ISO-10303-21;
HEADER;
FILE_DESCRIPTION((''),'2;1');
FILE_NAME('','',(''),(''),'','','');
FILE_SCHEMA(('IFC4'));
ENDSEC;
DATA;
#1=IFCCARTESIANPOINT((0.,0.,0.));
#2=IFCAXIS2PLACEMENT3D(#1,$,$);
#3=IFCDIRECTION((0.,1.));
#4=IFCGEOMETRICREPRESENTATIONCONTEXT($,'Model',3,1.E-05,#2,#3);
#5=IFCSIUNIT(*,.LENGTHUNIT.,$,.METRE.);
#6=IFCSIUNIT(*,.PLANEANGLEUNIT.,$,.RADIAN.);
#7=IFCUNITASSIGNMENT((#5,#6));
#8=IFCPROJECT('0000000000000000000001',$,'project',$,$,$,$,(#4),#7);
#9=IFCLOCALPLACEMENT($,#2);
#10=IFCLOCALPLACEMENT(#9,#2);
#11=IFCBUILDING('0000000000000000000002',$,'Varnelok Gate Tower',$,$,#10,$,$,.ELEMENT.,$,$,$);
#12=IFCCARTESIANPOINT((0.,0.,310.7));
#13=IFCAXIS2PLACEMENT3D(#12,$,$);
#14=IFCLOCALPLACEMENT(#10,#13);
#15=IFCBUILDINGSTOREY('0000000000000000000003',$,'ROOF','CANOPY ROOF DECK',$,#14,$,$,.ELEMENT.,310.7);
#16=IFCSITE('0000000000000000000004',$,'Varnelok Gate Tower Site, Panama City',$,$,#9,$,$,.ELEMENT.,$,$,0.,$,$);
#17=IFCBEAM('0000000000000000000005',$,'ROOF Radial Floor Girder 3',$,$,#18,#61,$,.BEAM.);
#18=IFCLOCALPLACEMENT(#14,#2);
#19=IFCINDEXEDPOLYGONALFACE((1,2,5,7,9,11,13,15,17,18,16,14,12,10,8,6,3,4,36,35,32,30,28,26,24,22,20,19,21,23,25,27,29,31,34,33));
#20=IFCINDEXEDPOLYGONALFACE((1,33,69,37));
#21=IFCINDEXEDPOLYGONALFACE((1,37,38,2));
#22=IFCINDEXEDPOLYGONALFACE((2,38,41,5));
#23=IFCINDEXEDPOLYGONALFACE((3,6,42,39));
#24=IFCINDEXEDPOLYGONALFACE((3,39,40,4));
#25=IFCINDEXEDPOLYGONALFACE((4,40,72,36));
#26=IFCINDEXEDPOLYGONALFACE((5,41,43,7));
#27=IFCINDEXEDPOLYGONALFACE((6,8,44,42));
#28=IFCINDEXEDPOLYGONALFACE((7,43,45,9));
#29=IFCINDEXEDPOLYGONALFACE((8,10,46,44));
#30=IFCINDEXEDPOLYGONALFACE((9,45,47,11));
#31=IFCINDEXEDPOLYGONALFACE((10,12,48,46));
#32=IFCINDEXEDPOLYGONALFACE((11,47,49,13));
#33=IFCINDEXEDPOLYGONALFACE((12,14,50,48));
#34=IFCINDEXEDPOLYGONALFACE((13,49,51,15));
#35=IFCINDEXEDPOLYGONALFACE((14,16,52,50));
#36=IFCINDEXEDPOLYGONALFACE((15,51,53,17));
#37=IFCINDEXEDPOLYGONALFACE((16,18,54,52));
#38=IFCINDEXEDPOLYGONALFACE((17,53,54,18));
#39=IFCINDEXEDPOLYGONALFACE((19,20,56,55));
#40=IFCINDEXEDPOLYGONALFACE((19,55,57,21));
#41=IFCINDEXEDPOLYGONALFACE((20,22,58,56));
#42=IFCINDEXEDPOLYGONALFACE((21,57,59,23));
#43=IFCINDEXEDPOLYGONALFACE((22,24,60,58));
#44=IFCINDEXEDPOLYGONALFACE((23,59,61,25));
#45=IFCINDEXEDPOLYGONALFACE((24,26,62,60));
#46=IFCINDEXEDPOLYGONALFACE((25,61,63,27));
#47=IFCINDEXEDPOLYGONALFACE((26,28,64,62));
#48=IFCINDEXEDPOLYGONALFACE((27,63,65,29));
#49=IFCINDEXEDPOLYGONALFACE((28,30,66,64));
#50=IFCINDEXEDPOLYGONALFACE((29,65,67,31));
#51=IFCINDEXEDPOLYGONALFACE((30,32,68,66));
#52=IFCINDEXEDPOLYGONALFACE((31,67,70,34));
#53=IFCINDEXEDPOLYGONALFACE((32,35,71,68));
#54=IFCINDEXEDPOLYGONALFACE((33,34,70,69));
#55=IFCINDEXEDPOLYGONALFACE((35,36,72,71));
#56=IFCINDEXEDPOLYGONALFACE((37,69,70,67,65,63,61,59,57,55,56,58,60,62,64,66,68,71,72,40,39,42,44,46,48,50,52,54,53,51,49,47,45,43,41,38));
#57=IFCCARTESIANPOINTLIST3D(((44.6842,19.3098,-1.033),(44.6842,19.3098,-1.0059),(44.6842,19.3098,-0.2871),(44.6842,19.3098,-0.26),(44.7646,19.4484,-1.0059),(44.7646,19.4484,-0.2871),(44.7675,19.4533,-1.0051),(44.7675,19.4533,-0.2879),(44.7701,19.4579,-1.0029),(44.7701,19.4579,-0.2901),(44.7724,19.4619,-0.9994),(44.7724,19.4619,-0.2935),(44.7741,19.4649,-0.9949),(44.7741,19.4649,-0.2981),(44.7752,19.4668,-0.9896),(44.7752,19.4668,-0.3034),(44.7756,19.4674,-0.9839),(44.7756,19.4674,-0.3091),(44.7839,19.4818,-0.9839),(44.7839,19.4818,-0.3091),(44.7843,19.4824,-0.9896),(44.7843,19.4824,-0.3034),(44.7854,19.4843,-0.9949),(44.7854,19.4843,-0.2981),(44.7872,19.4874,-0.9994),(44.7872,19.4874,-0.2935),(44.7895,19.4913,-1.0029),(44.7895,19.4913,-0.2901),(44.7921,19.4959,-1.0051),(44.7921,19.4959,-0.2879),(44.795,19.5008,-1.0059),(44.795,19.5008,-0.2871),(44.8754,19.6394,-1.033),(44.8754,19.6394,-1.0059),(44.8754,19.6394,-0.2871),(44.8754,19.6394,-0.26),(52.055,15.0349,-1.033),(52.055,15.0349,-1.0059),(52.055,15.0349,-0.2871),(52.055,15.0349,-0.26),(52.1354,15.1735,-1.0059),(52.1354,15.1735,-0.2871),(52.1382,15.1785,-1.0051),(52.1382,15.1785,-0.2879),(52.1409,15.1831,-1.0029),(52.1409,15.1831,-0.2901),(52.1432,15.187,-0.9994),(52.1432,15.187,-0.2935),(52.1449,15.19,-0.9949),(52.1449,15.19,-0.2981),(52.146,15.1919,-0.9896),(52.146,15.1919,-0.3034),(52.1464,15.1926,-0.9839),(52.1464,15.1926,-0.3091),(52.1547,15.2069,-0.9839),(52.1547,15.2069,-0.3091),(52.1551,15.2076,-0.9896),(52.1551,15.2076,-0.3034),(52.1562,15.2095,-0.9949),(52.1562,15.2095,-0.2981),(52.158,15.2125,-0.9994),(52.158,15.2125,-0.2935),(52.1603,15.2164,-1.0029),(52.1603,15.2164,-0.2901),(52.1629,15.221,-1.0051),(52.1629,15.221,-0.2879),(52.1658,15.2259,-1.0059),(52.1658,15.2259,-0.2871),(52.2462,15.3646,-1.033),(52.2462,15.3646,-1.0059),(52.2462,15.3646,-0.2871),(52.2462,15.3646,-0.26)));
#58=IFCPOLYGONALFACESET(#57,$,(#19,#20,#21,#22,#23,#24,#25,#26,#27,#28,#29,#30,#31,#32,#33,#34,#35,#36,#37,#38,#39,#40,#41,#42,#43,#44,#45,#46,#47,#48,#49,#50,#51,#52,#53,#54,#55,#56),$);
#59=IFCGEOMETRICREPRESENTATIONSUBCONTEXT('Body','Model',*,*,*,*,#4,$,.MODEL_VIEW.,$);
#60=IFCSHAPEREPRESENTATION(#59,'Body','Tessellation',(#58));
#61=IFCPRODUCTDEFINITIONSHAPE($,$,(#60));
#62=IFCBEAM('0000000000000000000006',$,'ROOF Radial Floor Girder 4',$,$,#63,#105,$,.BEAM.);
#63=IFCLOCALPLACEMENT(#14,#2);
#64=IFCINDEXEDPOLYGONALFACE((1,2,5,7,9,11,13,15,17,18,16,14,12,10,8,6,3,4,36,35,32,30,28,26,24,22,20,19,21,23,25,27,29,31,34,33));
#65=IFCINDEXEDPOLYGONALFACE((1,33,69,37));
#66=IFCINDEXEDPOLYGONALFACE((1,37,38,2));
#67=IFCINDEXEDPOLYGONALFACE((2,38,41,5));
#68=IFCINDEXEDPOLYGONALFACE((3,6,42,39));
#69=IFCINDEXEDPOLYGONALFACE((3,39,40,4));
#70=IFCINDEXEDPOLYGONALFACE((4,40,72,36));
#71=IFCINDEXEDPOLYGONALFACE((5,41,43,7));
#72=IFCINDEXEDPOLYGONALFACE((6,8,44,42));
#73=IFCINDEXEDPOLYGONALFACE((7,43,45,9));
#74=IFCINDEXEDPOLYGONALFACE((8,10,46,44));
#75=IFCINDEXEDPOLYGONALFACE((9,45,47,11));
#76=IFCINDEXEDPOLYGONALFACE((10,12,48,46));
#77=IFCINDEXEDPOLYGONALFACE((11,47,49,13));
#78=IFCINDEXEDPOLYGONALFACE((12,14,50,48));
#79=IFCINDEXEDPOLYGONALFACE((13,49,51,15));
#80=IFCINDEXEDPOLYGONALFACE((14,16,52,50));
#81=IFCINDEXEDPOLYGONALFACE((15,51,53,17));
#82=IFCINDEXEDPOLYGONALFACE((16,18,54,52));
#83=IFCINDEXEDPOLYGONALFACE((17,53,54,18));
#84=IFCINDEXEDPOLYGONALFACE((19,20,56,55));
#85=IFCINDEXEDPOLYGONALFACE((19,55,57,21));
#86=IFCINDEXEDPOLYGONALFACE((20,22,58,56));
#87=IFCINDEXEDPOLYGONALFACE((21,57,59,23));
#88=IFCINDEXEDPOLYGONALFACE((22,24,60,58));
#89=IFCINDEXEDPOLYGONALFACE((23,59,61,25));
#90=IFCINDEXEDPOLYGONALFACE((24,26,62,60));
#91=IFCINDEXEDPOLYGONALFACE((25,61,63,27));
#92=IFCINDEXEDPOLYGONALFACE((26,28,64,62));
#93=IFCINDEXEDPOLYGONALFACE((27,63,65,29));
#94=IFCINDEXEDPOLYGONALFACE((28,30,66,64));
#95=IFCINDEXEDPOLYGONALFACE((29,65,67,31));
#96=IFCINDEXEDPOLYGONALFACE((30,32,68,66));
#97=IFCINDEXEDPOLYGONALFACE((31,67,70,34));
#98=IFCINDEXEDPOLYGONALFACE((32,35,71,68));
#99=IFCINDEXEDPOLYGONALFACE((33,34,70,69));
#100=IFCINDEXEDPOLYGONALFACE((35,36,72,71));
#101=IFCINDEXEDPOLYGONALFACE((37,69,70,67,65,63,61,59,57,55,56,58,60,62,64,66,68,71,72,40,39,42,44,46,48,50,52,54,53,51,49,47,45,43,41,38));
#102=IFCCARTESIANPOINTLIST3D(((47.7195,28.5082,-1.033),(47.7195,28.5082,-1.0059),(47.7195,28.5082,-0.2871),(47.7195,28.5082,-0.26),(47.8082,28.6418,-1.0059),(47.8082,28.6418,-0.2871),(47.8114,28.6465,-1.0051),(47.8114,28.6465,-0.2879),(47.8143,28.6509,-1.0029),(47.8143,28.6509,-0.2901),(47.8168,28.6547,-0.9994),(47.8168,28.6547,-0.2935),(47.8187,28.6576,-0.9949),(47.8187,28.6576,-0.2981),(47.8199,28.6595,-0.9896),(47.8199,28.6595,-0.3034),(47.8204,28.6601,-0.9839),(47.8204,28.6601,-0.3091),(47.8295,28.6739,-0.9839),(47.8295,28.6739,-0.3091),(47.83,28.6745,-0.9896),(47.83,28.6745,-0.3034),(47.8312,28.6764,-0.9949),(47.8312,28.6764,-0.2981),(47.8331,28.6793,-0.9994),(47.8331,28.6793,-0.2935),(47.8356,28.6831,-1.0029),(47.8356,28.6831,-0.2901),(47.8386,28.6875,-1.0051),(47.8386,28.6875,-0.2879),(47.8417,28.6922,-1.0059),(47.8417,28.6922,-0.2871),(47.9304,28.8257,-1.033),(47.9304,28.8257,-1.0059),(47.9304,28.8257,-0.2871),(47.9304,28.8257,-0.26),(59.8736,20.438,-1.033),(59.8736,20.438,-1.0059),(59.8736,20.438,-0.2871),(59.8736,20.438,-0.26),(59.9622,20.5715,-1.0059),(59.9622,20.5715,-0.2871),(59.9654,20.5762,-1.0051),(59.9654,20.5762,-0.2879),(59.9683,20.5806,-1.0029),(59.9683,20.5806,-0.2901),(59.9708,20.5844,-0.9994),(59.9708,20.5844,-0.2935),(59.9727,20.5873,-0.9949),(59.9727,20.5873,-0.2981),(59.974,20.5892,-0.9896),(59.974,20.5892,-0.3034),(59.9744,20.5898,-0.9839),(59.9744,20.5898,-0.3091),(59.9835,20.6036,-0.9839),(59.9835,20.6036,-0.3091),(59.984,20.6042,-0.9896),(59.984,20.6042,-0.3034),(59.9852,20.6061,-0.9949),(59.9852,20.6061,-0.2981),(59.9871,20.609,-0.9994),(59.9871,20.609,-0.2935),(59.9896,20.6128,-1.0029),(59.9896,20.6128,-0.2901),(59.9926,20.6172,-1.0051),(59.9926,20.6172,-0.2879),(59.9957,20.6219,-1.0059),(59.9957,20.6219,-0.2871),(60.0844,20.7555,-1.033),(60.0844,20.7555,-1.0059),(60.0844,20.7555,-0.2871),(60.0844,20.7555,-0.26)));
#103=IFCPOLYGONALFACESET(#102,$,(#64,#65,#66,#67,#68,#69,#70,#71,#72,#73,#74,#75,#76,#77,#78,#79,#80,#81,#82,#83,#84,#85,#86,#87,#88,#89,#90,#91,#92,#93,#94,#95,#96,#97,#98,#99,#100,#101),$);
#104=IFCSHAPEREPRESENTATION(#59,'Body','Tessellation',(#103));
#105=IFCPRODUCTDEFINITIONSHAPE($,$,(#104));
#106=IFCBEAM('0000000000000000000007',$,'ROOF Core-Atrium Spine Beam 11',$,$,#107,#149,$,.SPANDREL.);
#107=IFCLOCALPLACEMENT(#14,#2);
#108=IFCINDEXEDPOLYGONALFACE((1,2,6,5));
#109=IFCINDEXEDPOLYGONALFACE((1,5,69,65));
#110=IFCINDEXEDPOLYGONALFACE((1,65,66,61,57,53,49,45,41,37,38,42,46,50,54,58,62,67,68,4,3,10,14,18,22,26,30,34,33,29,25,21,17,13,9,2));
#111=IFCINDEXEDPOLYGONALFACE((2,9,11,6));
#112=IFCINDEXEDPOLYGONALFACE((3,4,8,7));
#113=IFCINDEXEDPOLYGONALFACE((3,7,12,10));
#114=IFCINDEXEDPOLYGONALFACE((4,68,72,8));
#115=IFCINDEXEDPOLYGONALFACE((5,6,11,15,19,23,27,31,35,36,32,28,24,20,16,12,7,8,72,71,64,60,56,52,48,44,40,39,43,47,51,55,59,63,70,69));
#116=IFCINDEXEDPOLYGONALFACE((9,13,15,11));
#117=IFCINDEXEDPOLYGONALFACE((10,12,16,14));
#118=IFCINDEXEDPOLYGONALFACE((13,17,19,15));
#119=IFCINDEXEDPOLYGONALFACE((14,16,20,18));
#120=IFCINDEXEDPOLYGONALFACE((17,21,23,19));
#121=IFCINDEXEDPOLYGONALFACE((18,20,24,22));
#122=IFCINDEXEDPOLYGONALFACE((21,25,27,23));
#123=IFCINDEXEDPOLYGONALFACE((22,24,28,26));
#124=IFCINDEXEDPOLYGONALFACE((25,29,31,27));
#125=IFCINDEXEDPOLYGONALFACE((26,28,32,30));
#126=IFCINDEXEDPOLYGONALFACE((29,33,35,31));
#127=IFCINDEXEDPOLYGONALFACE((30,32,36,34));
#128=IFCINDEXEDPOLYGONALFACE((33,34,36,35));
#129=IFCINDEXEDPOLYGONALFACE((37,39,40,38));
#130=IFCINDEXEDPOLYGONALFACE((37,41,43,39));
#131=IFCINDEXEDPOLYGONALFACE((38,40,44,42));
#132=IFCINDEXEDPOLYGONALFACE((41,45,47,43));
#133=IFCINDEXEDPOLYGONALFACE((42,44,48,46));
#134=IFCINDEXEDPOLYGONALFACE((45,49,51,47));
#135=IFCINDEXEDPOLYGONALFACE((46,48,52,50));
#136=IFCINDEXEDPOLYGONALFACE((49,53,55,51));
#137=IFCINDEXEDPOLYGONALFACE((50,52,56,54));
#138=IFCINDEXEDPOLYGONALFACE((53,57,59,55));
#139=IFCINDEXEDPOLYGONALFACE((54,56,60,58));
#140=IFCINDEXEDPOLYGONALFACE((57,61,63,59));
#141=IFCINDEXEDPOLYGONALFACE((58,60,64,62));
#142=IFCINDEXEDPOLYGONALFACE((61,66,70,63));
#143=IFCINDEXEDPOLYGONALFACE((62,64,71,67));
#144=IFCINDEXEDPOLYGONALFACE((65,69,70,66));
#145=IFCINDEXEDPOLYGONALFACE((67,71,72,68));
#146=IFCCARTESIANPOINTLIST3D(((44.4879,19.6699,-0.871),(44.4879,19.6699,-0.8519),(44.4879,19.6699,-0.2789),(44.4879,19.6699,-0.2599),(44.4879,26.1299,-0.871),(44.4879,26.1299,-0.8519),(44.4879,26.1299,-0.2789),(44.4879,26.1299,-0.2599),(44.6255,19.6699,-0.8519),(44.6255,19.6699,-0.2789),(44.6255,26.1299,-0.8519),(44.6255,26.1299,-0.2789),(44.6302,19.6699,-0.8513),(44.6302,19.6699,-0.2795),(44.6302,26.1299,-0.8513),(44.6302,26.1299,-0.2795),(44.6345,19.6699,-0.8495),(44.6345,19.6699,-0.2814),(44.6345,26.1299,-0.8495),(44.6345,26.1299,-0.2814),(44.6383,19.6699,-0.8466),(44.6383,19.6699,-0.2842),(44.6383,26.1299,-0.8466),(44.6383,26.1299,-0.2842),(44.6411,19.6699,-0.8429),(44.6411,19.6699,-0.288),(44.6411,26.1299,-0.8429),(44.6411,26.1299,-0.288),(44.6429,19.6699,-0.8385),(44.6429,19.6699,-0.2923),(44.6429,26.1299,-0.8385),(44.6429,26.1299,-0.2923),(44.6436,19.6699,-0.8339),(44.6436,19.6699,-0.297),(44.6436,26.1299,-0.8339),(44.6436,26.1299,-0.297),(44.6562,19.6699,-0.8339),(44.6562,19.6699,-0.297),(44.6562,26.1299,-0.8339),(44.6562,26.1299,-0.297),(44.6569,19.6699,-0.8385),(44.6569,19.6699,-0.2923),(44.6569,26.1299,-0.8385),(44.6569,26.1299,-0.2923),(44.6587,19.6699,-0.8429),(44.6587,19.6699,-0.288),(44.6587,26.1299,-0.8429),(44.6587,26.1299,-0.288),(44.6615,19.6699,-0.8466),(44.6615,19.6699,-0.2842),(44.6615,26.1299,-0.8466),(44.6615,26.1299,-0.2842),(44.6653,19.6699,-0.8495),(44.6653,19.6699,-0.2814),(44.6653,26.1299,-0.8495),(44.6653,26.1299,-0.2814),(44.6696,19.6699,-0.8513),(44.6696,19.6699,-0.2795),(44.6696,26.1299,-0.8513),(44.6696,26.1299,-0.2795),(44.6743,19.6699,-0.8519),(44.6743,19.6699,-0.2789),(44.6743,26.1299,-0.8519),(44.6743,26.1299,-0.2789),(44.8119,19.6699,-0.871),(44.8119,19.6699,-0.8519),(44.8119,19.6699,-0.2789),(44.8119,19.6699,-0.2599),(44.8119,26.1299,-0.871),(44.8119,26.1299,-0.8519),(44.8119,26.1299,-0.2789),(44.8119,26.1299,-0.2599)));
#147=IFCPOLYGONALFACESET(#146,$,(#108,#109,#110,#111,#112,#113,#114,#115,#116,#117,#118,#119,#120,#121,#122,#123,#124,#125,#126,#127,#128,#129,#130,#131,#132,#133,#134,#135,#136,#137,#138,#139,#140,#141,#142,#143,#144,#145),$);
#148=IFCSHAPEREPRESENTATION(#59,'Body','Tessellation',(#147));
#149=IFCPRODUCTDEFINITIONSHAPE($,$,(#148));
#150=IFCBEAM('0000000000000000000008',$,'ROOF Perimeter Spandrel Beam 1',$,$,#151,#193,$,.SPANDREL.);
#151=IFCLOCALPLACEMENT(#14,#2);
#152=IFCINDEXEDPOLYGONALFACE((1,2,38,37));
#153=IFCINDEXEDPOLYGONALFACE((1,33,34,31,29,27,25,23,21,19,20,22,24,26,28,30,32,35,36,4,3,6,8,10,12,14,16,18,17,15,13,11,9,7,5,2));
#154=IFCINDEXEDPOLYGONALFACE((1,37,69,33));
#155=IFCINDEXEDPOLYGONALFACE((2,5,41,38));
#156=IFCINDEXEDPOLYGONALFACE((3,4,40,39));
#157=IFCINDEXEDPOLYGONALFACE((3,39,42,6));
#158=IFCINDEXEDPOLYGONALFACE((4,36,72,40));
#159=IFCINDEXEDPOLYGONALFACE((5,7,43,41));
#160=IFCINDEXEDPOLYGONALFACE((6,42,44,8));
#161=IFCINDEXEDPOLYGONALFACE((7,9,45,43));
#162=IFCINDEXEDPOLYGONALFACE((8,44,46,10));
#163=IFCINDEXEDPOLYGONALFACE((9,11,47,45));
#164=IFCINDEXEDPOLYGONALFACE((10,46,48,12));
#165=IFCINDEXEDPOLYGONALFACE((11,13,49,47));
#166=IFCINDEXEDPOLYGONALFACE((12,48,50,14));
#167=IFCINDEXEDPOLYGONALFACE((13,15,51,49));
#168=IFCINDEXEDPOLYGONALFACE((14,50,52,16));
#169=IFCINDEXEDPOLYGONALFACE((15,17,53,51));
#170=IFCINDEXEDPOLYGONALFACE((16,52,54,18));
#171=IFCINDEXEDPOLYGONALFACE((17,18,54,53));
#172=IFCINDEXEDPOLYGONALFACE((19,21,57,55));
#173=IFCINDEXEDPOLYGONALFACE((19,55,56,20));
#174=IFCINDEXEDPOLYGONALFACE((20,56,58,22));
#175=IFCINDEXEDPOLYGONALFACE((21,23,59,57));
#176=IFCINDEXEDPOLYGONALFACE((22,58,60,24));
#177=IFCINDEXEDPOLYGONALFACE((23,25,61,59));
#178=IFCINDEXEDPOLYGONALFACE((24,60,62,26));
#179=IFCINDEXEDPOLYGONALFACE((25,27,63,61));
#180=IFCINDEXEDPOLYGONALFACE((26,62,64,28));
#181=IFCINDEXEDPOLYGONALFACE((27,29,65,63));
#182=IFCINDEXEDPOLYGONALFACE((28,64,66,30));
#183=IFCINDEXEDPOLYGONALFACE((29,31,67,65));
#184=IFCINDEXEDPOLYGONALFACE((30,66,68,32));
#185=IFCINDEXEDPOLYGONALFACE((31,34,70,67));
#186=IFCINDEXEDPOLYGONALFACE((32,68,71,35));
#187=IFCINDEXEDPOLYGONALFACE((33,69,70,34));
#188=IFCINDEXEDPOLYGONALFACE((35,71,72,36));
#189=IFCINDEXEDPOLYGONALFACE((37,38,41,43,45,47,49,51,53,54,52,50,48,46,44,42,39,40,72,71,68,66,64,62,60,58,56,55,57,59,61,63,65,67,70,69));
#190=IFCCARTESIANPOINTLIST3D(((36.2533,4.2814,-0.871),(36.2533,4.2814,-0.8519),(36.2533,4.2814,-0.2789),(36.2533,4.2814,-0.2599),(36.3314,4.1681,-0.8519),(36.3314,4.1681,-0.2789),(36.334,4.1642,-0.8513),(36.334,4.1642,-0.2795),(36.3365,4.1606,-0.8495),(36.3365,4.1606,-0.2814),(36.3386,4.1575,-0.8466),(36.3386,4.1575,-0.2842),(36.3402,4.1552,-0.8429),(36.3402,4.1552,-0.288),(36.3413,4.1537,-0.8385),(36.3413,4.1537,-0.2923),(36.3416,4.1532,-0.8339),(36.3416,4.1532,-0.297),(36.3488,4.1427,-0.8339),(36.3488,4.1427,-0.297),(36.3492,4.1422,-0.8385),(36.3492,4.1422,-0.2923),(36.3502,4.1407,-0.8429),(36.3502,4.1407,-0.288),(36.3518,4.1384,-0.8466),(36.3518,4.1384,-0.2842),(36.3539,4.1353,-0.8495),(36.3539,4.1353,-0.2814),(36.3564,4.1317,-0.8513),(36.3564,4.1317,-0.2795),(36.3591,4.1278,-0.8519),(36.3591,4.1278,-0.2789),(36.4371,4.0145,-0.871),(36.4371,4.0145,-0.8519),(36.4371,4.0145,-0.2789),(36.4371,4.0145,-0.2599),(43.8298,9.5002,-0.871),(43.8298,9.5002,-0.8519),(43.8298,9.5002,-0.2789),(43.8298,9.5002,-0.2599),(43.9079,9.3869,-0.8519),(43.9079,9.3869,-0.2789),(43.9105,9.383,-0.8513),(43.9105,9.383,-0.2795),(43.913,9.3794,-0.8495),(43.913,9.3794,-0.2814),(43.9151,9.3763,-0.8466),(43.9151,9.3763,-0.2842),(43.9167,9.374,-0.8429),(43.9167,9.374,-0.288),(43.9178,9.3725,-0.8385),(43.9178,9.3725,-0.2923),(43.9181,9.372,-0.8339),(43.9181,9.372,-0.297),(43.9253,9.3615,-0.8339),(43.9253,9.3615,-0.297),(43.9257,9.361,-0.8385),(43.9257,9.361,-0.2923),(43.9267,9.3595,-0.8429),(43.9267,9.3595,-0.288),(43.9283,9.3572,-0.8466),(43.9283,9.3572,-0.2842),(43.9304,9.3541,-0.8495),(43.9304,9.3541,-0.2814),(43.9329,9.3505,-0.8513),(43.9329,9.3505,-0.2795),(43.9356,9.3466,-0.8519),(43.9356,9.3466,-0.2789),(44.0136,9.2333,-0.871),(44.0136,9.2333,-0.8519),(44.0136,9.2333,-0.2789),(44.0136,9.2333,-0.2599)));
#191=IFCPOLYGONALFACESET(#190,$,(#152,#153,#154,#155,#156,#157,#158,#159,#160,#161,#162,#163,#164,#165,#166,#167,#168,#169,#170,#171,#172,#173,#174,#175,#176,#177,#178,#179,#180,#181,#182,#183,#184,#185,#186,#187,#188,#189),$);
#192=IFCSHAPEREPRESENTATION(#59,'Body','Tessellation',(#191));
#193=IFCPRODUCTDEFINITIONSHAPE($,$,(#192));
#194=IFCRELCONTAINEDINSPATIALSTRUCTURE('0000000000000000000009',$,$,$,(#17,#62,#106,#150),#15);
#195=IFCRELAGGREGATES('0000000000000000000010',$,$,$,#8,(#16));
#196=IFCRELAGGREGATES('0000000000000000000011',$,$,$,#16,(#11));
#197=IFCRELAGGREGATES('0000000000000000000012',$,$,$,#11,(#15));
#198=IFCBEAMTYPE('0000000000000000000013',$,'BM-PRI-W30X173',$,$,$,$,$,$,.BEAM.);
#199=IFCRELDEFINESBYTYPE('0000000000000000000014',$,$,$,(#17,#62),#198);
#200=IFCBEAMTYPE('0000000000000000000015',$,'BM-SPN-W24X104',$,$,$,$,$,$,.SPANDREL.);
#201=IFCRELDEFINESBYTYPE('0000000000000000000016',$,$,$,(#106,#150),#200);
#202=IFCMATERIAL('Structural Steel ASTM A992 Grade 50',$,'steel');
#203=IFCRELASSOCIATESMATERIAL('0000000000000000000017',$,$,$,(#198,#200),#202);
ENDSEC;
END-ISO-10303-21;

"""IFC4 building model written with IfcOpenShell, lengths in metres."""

from ifc_helpers import new_model, si_unit, direction, frame, origin, origin_2d, place, context, subcontext, project, spatial, i_section, extrude, material, material_profile, profile_set, type_object, element, save


model = new_model("IFC4")

# Units and contexts
model_context = context("Model", 3, precision=1e-05, world=origin(), true_north=direction((0.0, 1.0)))
body_context = subcontext(model_context, "Body", "Model", "MODEL_VIEW")
ifc_project = project(units=[si_unit("LENGTHUNIT", "METRE"), si_unit("PLANEANGLEUNIT", "RADIAN")], contexts=[model_context])

# Site, building, storey
site_placement = place(None, origin())
site = spatial("IfcSite", under=ifc_project, at=site_placement, Name="Varnelok Gate Tower Site, Panama City", CompositionType="ELEMENT", RefElevation=0.0)
building_placement = place(site_placement, origin())
building = spatial("IfcBuilding", under=site, at=building_placement, Name="Varnelok Gate Tower", CompositionType="ELEMENT")
storey_placement = place(building_placement, frame((0.0, 0.0, 310.7)))
storey = spatial("IfcBuildingStorey", under=building, at=storey_placement, Name="ROOF", Description="CANOPY ROOF DECK", CompositionType="ELEMENT", Elevation=310.7)

# Beams
ifc_material_1 = material(Name="Structural Steel ASTM A992 Grade 50", Category="steel")
ifc_material_profile_1 = material_profile(ifc_material_1, i_section(OverallWidth=0.3811, OverallDepth=0.7729, WebThickness=0.0166, FlangeThickness=0.0271, FilletRadius=0.022, at=origin_2d()), Name="W30X173")
ifc_profile_set_1 = profile_set([ifc_material_profile_1], Name="Structural Steel ASTM A992 Grade 50")
beam_type_1 = type_object("IfcBeamType", Name="BM-PRI-W30X173", PredefinedType="BEAM", material=ifc_profile_set_1)
beam_1_placement = place(storey_placement, frame((44.7798, 19.4746, -0.6465), z_axis=(0.865041, -0.501701, 0.0), x_axis=(0.501701, 0.865041, 0.0)))
element("IfcBeam", 1, at=beam_1_placement, inside=storey, type_object=beam_type_1, Name="ROOF Radial Floor Girder 3", PredefinedType="BEAM", context=body_context, shape_type="SweptSolid", body=[
    extrude(i_section(OverallWidth=0.3811, OverallDepth=0.7729, WebThickness=0.0166, FlangeThickness=0.0271, FilletRadius=0.022, at=origin_2d()), origin(), (0.0, 0.0, 1.0), 8.5208),
])
beam_2_placement = place(storey_placement, frame((47.825, 28.667, -0.6465), z_axis=(0.833074, -0.553162, 0.0), x_axis=(0.553162, 0.833074, 0.0)))
element("IfcBeam", 2, at=beam_2_placement, inside=storey, type_object=beam_type_1, Name="ROOF Radial Floor Girder 4", PredefinedType="BEAM", context=body_context, shape_type="SweptSolid", body=[
    extrude(i_section(OverallWidth=0.3811, OverallDepth=0.7729, WebThickness=0.0166, FlangeThickness=0.0271, FilletRadius=0.022, at=origin_2d()), origin(), (0.0, 0.0, 1.0), 14.5894),
])
ifc_material_profile_2 = material_profile(ifc_material_1, i_section(OverallWidth=0.324, OverallDepth=0.6111, WebThickness=0.0127, FlangeThickness=0.019, FilletRadius=0.0181, at=origin_2d()), Name="W24X104")
ifc_profile_set_2 = profile_set([ifc_material_profile_2], Name="Structural Steel ASTM A992 Grade 50")
beam_type_2 = type_object("IfcBeamType", Name="BM-SPN-W24X104", PredefinedType="SPANDREL", material=ifc_profile_set_2)
beam_3_placement = place(storey_placement, frame((44.6499, 19.6699, -0.5654), z_axis=(0.0, 1.0, 0.0), x_axis=(-1.0, 0.0, 0.0)))
element("IfcBeam", 3, at=beam_3_placement, inside=storey, type_object=beam_type_2, Name="ROOF Core-Atrium Spine Beam 11", PredefinedType="SPANDREL", context=body_context, shape_type="SweptSolid", body=[
    extrude(i_section(OverallWidth=0.324, OverallDepth=0.6111, WebThickness=0.0127, FlangeThickness=0.019, FilletRadius=0.0181, at=origin_2d()), origin(), (0.0, 0.0, 1.0), 6.46),
])
beam_4_placement = place(storey_placement, frame((36.3452, 4.1479, -0.5654), z_axis=(0.823536, 0.567264, 0.0), x_axis=(-0.567264, 0.823536, 0.0)))
element("IfcBeam", 4, at=beam_4_placement, inside=storey, type_object=beam_type_2, Name="ROOF Perimeter Spandrel Beam 1", PredefinedType="SPANDREL", context=body_context, shape_type="SweptSolid", body=[
    extrude(i_section(OverallWidth=0.324, OverallDepth=0.6111, WebThickness=0.0127, FlangeThickness=0.019, FilletRadius=0.0181, at=origin_2d()), origin(), (0.0, 0.0, 1.0), 9.2),
])

save(model, "model.ifc")
